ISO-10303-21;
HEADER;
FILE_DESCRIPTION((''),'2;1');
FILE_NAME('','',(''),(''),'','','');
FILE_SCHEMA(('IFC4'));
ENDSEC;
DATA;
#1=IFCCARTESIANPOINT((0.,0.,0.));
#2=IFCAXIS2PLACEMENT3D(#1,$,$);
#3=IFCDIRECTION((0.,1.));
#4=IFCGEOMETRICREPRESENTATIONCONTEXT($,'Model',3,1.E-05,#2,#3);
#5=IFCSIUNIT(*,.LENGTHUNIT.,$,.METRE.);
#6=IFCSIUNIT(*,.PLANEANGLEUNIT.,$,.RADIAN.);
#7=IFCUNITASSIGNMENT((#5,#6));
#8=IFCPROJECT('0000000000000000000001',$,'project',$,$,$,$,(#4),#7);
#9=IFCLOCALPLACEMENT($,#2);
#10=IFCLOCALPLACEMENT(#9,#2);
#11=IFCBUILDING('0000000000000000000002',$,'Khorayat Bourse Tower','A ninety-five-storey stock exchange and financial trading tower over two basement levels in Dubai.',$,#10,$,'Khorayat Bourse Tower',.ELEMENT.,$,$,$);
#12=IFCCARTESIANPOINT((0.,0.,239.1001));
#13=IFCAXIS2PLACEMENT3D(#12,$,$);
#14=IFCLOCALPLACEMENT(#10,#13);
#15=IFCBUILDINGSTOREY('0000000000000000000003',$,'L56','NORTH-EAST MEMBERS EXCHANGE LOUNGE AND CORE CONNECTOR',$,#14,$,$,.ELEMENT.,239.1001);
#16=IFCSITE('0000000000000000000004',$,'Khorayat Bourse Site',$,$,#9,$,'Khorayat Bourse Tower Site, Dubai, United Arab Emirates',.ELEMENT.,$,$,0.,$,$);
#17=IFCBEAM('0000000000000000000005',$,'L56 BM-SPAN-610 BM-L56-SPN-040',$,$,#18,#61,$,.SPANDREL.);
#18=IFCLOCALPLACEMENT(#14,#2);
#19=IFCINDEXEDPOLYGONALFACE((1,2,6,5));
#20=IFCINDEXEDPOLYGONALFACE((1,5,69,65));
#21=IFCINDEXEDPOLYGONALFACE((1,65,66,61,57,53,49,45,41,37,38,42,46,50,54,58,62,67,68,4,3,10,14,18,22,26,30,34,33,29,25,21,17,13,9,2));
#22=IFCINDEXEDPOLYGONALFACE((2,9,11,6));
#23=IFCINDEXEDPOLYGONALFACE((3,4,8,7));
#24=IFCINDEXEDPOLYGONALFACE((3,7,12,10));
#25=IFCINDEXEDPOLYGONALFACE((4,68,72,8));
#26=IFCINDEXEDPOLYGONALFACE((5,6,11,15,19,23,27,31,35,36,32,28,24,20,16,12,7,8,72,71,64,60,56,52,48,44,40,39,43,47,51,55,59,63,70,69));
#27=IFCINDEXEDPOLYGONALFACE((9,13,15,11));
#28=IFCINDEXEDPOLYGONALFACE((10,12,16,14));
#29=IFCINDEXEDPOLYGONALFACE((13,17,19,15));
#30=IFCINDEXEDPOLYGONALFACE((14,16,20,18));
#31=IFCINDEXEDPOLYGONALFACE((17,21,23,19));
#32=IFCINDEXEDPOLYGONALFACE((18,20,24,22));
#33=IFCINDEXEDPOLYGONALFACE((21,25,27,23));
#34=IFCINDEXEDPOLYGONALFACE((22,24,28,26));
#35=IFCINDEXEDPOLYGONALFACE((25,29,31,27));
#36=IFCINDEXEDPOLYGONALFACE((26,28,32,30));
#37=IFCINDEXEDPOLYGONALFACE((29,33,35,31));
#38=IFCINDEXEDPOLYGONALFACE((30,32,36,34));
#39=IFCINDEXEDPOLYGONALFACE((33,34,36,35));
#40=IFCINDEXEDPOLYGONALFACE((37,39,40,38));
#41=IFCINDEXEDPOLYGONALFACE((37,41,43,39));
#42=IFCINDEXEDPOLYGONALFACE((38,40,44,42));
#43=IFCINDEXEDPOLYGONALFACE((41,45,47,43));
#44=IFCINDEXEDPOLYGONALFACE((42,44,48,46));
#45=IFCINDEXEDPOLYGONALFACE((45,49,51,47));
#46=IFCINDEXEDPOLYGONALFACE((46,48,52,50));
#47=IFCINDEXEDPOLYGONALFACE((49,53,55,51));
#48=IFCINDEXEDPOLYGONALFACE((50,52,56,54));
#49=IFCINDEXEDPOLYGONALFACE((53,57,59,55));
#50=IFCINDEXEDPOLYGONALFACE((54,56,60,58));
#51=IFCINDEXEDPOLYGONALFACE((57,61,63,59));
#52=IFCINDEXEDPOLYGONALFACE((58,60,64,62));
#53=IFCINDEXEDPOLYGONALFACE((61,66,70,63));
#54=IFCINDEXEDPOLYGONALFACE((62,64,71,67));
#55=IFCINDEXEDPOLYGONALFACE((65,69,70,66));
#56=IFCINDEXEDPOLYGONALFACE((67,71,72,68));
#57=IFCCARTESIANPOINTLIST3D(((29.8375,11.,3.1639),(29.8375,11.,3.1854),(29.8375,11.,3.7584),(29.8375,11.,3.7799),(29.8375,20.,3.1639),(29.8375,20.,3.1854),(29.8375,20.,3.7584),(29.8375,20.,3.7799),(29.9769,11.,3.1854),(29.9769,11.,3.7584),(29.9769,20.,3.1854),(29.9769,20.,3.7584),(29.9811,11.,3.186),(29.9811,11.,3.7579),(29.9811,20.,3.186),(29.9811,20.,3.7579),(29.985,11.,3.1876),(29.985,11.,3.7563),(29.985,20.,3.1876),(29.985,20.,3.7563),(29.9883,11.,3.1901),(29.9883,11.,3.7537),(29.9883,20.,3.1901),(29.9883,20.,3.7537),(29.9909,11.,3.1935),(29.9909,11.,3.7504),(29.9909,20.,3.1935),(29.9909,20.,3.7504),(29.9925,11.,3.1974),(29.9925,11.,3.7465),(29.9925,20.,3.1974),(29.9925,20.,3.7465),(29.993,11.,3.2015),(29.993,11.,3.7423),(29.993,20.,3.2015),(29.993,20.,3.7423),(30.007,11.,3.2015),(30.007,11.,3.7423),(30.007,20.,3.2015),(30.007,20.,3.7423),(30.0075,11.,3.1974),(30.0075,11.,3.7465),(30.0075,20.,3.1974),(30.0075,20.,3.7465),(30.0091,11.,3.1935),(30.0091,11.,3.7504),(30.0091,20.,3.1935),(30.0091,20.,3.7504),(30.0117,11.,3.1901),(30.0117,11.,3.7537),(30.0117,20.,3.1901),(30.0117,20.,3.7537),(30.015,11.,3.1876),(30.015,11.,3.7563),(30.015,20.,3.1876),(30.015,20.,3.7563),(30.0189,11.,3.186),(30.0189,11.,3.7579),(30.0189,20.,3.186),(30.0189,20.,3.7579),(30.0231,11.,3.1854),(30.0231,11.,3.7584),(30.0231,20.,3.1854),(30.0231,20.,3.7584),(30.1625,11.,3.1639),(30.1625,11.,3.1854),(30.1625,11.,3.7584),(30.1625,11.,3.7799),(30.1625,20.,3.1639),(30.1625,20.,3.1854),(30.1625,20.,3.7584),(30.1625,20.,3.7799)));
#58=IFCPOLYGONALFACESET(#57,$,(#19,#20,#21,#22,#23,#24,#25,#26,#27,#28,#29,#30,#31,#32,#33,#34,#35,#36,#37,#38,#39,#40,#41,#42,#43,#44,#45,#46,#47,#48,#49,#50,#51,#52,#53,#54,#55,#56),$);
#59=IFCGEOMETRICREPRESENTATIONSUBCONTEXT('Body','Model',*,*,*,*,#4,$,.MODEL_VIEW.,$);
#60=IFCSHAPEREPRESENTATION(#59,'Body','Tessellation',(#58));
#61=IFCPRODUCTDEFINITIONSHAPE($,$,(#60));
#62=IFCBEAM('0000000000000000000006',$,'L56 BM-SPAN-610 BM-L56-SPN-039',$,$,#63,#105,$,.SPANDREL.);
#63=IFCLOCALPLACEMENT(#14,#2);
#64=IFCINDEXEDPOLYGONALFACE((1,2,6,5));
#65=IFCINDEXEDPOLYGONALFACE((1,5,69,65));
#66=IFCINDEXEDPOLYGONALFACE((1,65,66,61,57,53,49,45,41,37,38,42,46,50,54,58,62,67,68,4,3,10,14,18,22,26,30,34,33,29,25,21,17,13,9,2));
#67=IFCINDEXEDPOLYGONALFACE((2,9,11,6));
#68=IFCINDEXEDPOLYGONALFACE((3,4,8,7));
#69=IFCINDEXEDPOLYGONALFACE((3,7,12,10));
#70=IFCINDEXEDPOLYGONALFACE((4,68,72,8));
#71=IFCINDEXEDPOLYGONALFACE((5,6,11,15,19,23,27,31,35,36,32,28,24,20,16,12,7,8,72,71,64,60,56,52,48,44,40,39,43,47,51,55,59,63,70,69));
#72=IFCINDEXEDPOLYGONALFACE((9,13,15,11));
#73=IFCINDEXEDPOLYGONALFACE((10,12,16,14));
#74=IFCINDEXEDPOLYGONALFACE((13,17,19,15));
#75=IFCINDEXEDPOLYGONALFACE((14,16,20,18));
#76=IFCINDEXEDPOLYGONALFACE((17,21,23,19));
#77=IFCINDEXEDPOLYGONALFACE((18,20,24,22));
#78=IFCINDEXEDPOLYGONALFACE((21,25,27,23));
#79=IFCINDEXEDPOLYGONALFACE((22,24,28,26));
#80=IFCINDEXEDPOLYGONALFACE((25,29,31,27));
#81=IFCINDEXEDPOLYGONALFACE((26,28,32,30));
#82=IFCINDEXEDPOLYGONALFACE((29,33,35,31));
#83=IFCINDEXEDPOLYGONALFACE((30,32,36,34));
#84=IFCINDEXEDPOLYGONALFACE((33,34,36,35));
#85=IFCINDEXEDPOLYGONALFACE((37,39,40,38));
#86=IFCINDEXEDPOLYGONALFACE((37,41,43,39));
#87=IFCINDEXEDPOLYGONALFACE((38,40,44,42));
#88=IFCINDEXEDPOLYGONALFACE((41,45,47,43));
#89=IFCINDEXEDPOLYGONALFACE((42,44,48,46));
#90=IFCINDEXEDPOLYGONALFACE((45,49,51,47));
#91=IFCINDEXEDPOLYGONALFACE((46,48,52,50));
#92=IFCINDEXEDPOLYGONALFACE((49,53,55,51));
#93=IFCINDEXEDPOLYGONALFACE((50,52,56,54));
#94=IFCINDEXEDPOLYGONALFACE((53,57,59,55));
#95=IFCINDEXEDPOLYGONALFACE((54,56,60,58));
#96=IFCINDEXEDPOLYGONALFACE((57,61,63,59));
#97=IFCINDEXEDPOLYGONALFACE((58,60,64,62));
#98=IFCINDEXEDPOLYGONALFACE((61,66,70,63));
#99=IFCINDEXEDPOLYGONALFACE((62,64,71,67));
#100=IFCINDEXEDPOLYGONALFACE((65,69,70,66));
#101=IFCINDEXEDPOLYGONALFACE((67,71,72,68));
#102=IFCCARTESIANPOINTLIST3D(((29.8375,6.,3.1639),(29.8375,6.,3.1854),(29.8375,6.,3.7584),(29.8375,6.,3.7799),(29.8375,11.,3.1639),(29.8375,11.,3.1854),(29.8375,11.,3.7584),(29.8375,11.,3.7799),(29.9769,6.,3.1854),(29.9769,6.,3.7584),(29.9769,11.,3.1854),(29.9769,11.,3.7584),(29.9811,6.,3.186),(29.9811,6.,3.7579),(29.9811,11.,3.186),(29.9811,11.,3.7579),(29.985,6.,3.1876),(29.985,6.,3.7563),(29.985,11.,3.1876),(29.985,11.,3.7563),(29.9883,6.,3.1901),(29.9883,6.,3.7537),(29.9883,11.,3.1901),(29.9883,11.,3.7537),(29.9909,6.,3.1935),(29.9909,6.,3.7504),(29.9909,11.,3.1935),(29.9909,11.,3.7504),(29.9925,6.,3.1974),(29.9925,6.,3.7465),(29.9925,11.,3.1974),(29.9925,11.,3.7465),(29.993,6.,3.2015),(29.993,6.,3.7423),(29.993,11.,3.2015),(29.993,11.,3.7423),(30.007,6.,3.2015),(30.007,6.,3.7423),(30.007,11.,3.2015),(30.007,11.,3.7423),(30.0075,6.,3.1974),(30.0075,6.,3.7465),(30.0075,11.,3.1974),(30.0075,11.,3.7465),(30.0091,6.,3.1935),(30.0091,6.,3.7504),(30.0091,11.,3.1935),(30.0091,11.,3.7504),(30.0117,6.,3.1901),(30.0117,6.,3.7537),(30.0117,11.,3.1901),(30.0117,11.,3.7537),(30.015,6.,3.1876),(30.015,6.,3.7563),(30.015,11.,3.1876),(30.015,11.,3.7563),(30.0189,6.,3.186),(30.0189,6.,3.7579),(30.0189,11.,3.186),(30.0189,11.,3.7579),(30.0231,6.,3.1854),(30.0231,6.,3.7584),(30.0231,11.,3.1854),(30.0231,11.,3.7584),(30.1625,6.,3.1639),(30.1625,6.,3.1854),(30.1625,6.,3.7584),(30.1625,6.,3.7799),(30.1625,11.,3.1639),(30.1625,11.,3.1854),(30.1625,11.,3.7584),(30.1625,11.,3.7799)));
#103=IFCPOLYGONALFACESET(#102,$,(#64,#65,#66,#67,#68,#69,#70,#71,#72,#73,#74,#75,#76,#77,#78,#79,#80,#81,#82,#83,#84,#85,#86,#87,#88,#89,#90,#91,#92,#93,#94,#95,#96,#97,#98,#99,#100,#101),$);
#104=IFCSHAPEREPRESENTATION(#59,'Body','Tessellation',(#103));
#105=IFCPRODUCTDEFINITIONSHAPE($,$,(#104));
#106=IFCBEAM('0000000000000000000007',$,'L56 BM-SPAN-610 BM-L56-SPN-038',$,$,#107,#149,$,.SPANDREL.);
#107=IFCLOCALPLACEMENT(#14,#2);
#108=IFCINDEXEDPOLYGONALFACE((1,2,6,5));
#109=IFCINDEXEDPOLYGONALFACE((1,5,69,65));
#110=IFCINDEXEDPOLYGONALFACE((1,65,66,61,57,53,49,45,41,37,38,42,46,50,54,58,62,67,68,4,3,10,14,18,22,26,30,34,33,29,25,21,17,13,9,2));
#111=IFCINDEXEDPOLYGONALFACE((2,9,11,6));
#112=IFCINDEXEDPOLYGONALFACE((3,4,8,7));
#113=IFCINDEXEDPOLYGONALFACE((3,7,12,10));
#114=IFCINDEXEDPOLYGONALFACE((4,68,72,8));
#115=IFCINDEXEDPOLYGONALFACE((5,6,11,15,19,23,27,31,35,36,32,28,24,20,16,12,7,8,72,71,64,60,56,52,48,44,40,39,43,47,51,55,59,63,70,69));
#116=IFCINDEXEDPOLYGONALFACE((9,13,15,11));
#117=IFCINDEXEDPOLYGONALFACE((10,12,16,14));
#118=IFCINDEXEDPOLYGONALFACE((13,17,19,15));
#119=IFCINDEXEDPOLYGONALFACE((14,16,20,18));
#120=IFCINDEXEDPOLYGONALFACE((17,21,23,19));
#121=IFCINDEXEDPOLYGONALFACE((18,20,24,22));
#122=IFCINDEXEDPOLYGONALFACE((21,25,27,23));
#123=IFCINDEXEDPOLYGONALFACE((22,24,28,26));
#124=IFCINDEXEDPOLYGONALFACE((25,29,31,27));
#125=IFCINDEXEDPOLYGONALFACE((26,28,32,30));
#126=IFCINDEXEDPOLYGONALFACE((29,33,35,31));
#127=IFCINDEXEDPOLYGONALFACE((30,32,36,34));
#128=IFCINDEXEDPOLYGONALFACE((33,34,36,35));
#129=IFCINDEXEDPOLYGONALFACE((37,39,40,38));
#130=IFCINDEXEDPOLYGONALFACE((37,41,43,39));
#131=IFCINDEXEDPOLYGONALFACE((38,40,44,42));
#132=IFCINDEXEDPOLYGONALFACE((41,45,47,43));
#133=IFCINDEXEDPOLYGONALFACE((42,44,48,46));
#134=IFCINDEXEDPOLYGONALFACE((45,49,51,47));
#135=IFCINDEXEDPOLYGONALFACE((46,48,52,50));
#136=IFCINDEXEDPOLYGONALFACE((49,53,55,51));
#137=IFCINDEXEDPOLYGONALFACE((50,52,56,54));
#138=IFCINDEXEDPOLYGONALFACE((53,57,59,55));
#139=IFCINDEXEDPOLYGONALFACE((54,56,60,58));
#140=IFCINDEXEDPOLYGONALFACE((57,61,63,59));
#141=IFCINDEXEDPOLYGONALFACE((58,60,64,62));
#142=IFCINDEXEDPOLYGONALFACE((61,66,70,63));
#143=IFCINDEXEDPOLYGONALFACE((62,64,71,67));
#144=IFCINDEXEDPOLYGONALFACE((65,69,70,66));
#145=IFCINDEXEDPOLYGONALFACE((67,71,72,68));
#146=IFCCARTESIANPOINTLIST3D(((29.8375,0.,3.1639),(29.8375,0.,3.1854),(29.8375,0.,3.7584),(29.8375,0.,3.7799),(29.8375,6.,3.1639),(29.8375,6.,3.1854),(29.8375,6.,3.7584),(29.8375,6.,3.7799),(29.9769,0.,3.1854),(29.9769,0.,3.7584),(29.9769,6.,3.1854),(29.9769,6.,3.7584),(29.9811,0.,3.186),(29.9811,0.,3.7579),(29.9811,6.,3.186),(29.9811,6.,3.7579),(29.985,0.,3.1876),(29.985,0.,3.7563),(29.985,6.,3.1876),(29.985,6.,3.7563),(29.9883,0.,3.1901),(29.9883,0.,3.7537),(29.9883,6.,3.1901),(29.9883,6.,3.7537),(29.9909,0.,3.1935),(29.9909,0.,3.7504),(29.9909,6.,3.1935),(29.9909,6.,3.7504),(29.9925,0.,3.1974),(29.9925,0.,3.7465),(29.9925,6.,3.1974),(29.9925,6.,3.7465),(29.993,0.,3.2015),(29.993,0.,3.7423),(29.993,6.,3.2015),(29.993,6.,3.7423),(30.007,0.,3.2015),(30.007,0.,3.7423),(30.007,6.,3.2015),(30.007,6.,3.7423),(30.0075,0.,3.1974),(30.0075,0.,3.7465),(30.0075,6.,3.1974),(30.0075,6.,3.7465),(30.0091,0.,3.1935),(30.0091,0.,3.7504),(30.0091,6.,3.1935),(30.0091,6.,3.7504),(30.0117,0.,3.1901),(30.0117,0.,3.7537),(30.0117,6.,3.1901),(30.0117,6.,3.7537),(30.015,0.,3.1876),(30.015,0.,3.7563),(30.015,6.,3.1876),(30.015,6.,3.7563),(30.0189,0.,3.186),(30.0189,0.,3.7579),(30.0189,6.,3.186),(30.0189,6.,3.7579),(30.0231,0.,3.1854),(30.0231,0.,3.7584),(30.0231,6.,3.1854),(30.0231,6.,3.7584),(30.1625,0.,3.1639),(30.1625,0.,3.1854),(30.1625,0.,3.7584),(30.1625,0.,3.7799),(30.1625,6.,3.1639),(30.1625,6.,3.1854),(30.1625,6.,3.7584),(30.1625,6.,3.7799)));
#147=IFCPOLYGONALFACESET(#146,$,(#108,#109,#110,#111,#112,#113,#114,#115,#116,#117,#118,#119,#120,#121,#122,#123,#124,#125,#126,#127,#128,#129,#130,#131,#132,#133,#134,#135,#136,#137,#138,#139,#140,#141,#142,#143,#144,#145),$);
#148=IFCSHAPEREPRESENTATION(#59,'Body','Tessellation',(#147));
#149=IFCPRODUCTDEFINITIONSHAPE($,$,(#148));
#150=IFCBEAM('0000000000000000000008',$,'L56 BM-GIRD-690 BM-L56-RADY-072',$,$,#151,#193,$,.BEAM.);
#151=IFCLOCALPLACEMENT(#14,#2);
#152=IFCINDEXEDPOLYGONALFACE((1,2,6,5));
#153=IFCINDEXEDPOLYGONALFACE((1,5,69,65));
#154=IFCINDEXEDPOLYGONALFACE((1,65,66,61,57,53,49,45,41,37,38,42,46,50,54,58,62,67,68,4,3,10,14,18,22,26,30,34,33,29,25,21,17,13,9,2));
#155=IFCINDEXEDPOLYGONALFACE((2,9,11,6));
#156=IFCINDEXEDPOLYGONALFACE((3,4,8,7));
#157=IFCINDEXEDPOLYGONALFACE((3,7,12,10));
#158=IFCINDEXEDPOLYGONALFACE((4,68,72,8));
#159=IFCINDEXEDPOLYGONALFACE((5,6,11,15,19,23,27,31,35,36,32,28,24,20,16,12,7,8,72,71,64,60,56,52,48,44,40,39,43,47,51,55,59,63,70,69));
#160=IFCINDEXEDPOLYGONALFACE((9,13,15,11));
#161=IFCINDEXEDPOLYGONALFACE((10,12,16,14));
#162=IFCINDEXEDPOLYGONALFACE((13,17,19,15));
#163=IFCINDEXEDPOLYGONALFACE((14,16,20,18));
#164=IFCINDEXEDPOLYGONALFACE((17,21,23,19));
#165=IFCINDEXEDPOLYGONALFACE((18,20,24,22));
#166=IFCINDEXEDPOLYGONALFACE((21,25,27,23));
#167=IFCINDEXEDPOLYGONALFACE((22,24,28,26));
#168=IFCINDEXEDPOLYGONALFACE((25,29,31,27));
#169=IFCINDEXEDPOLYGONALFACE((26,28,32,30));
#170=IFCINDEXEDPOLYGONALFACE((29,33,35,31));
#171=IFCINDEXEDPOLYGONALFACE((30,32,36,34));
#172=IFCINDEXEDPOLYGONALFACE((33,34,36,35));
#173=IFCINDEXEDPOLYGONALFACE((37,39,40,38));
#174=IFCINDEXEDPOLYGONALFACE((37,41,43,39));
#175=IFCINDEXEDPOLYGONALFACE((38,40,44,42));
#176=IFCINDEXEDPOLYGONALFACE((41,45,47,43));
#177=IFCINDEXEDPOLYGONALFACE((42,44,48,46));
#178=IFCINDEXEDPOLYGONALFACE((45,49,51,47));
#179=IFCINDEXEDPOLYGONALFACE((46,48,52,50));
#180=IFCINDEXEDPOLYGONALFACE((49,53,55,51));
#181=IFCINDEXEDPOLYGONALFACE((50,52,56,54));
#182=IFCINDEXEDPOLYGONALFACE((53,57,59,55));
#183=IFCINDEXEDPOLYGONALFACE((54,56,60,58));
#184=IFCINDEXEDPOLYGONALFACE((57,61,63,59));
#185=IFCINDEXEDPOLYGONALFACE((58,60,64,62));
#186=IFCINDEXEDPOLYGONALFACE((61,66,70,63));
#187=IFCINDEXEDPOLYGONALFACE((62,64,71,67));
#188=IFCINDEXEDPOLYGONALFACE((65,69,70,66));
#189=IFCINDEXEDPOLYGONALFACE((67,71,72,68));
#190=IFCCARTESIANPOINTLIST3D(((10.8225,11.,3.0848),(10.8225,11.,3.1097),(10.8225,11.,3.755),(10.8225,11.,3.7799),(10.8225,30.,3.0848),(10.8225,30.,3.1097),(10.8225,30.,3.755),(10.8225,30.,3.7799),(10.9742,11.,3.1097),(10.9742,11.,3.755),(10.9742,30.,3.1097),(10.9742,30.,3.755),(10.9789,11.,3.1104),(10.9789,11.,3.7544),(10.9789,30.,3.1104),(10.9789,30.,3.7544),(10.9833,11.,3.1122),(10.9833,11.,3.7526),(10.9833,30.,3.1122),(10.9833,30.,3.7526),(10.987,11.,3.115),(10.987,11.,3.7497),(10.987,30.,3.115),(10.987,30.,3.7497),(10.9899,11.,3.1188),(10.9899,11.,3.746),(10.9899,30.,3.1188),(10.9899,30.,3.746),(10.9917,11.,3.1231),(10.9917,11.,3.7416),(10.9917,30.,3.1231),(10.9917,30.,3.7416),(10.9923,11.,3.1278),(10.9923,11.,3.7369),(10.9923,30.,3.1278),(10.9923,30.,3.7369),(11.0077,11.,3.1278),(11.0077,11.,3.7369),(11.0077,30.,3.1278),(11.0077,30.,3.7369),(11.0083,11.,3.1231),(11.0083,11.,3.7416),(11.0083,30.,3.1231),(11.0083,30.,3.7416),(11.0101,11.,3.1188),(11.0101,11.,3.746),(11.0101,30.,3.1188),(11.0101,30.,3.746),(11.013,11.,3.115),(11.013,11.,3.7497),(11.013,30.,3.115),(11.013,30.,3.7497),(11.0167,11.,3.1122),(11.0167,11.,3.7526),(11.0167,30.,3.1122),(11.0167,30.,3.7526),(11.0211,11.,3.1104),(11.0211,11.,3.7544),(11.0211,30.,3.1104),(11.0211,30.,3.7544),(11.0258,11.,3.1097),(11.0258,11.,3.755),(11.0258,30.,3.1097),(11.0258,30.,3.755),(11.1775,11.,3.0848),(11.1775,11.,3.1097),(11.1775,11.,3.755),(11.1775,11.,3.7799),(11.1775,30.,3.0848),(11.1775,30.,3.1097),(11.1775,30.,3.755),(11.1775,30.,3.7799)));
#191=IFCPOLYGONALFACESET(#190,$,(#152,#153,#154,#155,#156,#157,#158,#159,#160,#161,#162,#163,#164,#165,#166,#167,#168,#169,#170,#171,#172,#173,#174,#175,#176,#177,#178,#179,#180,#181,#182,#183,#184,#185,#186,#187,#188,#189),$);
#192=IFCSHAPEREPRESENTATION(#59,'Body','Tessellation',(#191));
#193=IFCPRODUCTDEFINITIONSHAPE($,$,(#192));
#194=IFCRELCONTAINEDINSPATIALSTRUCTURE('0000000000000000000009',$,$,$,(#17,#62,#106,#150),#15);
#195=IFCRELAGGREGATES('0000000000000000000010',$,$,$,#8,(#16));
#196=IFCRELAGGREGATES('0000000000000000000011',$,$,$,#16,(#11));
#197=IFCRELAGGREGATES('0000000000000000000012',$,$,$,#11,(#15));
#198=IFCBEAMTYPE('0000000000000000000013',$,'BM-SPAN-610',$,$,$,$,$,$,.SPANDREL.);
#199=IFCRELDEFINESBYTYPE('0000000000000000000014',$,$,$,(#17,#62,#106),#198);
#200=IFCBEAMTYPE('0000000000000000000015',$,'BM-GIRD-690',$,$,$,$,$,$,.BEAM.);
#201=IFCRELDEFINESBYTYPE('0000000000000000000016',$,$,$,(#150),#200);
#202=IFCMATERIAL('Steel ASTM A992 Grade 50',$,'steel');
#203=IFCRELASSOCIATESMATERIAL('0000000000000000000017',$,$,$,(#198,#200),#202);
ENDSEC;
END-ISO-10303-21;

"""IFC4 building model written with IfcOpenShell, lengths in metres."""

from ifc_helpers import new_model, si_unit, direction, frame, origin, origin_2d, place, context, subcontext, project, spatial, i_section, extrude, source, transform, mapped, material, material_profile, profile_set, type_object, element, save


model = new_model("IFC4")

# Units and contexts
model_context = context("Model", 3, precision=1e-05, world=origin(), true_north=direction((0.0, 1.0)))
body_context = subcontext(model_context, "Body", "Model", "MODEL_VIEW")
ifc_project = project(units=[si_unit("LENGTHUNIT", "METRE"), si_unit("PLANEANGLEUNIT", "RADIAN")], contexts=[model_context])

# Site, building, storey
site_placement = place(None, origin())
site = spatial("IfcSite", under=ifc_project, at=site_placement, Name="Khorayat Bourse Site", LongName="Khorayat Bourse Tower Site, Dubai, United Arab Emirates", CompositionType="ELEMENT", RefElevation=0.0)
building_placement = place(site_placement, origin())
building = spatial("IfcBuilding", under=site, at=building_placement, Name="Khorayat Bourse Tower", Description="A ninety-five-storey stock exchange and financial trading tower over two basement levels in Dubai.", LongName="Khorayat Bourse Tower", CompositionType="ELEMENT")
storey_placement = place(building_placement, frame((0.0, 0.0, 239.1001)))
storey = spatial("IfcBuildingStorey", under=building, at=storey_placement, Name="L56", Description="NORTH-EAST MEMBERS EXCHANGE LOUNGE AND CORE CONNECTOR", CompositionType="ELEMENT", Elevation=239.1001)

# Beams
ifc_material_1 = material(Name="Steel ASTM A992 Grade 50", Category="steel")
ifc_material_profile_1 = material_profile(ifc_material_1, i_section(OverallWidth=0.325, OverallDepth=0.616, WebThickness=0.0139, FlangeThickness=0.0215, FilletRadius=0.0161, at=origin_2d()), Name="W610X174")
ifc_profile_set_1 = profile_set([ifc_material_profile_1], Name="Steel ASTM A992 Grade 50")
beam_type_1 = type_object("IfcBeamType", Name="BM-SPAN-610", PredefinedType="SPANDREL", material=ifc_profile_set_1)
shared_shape_1 = source(origin(), body_context, "Body", "SweptSolid", [
    extrude(i_section(OverallWidth=0.325, OverallDepth=0.616, WebThickness=0.0139, FlangeThickness=0.0215, FilletRadius=0.0161, at=origin_2d()), origin(), (0.0, 0.0, 1.0), 9.0),
])
beam_1_placement = place(storey_placement, frame((30.0, 11.0, 3.4719), z_axis=(0.0, 1.0, 0.0), x_axis=(-1.0, 0.0, 0.0)))
element("IfcBeam", 1, at=beam_1_placement, inside=storey, type_object=beam_type_1, Name="L56 BM-SPAN-610 BM-L56-SPN-040", PredefinedType="SPANDREL", context=body_context, shape_type="MappedRepresentation", body=[
    mapped(shared_shape_1, transform((0.0, 0.0, 0.0), scale=1.0)),
])
shared_shape_2 = source(origin(), body_context, "Body", "SweptSolid", [
    extrude(i_section(OverallWidth=0.325, OverallDepth=0.616, WebThickness=0.0139, FlangeThickness=0.0215, FilletRadius=0.0161, at=origin_2d()), origin(), (0.0, 0.0, 1.0), 5.0),
])
beam_2_placement = place(storey_placement, frame((30.0, 6.0, 3.4719), z_axis=(0.0, 1.0, 0.0), x_axis=(-1.0, 0.0, 0.0)))
element("IfcBeam", 2, at=beam_2_placement, inside=storey, type_object=beam_type_1, Name="L56 BM-SPAN-610 BM-L56-SPN-039", PredefinedType="SPANDREL", context=body_context, shape_type="MappedRepresentation", body=[
    mapped(shared_shape_2, transform((0.0, 0.0, 0.0), scale=1.0)),
])
shared_shape_3 = source(origin(), body_context, "Body", "SweptSolid", [
    extrude(i_section(OverallWidth=0.325, OverallDepth=0.616, WebThickness=0.0139, FlangeThickness=0.0215, FilletRadius=0.0161, at=origin_2d()), origin(), (0.0, 0.0, 1.0), 6.0),
])
beam_3_placement = place(storey_placement, frame((30.0, 0.0, 3.4719), z_axis=(0.0, 1.0, 0.0), x_axis=(-1.0, 0.0, 0.0)))
element("IfcBeam", 3, at=beam_3_placement, inside=storey, type_object=beam_type_1, Name="L56 BM-SPAN-610 BM-L56-SPN-038", PredefinedType="SPANDREL", context=body_context, shape_type="MappedRepresentation", body=[
    mapped(shared_shape_3, transform((0.0, 0.0, 0.0), scale=1.0)),
])
ifc_material_profile_2 = material_profile(ifc_material_1, i_section(OverallWidth=0.355, OverallDepth=0.6951, WebThickness=0.0154, FlangeThickness=0.0249, FilletRadius=0.0181, at=origin_2d()), Name="W690X217")
ifc_profile_set_2 = profile_set([ifc_material_profile_2], Name="Steel ASTM A992 Grade 50")
beam_type_2 = type_object("IfcBeamType", Name="BM-GIRD-690", PredefinedType="BEAM", material=ifc_profile_set_2)
shared_shape_4 = source(origin(), body_context, "Body", "SweptSolid", [
    extrude(i_section(OverallWidth=0.355, OverallDepth=0.6951, WebThickness=0.0154, FlangeThickness=0.0249, FilletRadius=0.0181, at=origin_2d()), origin(), (0.0, 0.0, 1.0), 19.0),
])
for number, where, z_axis, x_axis, name in (
    (4, (11.0, 11.0, 3.4324), (0.0, 1.0, 0.0), (-1.0, 0.0, 0.0), "L56 BM-GIRD-690 BM-L56-RADY-072"),
):
    element("IfcBeam", number, at=place(storey_placement, frame(where, z_axis=z_axis, x_axis=x_axis)), inside=storey, type_object=beam_type_2, Name=name, PredefinedType="BEAM", context=body_context, shape_type="MappedRepresentation", body=[
        mapped(shared_shape_4, transform((0.0, 0.0, 0.0), scale=1.0)),
    ])

save(model, "model.ifc")
